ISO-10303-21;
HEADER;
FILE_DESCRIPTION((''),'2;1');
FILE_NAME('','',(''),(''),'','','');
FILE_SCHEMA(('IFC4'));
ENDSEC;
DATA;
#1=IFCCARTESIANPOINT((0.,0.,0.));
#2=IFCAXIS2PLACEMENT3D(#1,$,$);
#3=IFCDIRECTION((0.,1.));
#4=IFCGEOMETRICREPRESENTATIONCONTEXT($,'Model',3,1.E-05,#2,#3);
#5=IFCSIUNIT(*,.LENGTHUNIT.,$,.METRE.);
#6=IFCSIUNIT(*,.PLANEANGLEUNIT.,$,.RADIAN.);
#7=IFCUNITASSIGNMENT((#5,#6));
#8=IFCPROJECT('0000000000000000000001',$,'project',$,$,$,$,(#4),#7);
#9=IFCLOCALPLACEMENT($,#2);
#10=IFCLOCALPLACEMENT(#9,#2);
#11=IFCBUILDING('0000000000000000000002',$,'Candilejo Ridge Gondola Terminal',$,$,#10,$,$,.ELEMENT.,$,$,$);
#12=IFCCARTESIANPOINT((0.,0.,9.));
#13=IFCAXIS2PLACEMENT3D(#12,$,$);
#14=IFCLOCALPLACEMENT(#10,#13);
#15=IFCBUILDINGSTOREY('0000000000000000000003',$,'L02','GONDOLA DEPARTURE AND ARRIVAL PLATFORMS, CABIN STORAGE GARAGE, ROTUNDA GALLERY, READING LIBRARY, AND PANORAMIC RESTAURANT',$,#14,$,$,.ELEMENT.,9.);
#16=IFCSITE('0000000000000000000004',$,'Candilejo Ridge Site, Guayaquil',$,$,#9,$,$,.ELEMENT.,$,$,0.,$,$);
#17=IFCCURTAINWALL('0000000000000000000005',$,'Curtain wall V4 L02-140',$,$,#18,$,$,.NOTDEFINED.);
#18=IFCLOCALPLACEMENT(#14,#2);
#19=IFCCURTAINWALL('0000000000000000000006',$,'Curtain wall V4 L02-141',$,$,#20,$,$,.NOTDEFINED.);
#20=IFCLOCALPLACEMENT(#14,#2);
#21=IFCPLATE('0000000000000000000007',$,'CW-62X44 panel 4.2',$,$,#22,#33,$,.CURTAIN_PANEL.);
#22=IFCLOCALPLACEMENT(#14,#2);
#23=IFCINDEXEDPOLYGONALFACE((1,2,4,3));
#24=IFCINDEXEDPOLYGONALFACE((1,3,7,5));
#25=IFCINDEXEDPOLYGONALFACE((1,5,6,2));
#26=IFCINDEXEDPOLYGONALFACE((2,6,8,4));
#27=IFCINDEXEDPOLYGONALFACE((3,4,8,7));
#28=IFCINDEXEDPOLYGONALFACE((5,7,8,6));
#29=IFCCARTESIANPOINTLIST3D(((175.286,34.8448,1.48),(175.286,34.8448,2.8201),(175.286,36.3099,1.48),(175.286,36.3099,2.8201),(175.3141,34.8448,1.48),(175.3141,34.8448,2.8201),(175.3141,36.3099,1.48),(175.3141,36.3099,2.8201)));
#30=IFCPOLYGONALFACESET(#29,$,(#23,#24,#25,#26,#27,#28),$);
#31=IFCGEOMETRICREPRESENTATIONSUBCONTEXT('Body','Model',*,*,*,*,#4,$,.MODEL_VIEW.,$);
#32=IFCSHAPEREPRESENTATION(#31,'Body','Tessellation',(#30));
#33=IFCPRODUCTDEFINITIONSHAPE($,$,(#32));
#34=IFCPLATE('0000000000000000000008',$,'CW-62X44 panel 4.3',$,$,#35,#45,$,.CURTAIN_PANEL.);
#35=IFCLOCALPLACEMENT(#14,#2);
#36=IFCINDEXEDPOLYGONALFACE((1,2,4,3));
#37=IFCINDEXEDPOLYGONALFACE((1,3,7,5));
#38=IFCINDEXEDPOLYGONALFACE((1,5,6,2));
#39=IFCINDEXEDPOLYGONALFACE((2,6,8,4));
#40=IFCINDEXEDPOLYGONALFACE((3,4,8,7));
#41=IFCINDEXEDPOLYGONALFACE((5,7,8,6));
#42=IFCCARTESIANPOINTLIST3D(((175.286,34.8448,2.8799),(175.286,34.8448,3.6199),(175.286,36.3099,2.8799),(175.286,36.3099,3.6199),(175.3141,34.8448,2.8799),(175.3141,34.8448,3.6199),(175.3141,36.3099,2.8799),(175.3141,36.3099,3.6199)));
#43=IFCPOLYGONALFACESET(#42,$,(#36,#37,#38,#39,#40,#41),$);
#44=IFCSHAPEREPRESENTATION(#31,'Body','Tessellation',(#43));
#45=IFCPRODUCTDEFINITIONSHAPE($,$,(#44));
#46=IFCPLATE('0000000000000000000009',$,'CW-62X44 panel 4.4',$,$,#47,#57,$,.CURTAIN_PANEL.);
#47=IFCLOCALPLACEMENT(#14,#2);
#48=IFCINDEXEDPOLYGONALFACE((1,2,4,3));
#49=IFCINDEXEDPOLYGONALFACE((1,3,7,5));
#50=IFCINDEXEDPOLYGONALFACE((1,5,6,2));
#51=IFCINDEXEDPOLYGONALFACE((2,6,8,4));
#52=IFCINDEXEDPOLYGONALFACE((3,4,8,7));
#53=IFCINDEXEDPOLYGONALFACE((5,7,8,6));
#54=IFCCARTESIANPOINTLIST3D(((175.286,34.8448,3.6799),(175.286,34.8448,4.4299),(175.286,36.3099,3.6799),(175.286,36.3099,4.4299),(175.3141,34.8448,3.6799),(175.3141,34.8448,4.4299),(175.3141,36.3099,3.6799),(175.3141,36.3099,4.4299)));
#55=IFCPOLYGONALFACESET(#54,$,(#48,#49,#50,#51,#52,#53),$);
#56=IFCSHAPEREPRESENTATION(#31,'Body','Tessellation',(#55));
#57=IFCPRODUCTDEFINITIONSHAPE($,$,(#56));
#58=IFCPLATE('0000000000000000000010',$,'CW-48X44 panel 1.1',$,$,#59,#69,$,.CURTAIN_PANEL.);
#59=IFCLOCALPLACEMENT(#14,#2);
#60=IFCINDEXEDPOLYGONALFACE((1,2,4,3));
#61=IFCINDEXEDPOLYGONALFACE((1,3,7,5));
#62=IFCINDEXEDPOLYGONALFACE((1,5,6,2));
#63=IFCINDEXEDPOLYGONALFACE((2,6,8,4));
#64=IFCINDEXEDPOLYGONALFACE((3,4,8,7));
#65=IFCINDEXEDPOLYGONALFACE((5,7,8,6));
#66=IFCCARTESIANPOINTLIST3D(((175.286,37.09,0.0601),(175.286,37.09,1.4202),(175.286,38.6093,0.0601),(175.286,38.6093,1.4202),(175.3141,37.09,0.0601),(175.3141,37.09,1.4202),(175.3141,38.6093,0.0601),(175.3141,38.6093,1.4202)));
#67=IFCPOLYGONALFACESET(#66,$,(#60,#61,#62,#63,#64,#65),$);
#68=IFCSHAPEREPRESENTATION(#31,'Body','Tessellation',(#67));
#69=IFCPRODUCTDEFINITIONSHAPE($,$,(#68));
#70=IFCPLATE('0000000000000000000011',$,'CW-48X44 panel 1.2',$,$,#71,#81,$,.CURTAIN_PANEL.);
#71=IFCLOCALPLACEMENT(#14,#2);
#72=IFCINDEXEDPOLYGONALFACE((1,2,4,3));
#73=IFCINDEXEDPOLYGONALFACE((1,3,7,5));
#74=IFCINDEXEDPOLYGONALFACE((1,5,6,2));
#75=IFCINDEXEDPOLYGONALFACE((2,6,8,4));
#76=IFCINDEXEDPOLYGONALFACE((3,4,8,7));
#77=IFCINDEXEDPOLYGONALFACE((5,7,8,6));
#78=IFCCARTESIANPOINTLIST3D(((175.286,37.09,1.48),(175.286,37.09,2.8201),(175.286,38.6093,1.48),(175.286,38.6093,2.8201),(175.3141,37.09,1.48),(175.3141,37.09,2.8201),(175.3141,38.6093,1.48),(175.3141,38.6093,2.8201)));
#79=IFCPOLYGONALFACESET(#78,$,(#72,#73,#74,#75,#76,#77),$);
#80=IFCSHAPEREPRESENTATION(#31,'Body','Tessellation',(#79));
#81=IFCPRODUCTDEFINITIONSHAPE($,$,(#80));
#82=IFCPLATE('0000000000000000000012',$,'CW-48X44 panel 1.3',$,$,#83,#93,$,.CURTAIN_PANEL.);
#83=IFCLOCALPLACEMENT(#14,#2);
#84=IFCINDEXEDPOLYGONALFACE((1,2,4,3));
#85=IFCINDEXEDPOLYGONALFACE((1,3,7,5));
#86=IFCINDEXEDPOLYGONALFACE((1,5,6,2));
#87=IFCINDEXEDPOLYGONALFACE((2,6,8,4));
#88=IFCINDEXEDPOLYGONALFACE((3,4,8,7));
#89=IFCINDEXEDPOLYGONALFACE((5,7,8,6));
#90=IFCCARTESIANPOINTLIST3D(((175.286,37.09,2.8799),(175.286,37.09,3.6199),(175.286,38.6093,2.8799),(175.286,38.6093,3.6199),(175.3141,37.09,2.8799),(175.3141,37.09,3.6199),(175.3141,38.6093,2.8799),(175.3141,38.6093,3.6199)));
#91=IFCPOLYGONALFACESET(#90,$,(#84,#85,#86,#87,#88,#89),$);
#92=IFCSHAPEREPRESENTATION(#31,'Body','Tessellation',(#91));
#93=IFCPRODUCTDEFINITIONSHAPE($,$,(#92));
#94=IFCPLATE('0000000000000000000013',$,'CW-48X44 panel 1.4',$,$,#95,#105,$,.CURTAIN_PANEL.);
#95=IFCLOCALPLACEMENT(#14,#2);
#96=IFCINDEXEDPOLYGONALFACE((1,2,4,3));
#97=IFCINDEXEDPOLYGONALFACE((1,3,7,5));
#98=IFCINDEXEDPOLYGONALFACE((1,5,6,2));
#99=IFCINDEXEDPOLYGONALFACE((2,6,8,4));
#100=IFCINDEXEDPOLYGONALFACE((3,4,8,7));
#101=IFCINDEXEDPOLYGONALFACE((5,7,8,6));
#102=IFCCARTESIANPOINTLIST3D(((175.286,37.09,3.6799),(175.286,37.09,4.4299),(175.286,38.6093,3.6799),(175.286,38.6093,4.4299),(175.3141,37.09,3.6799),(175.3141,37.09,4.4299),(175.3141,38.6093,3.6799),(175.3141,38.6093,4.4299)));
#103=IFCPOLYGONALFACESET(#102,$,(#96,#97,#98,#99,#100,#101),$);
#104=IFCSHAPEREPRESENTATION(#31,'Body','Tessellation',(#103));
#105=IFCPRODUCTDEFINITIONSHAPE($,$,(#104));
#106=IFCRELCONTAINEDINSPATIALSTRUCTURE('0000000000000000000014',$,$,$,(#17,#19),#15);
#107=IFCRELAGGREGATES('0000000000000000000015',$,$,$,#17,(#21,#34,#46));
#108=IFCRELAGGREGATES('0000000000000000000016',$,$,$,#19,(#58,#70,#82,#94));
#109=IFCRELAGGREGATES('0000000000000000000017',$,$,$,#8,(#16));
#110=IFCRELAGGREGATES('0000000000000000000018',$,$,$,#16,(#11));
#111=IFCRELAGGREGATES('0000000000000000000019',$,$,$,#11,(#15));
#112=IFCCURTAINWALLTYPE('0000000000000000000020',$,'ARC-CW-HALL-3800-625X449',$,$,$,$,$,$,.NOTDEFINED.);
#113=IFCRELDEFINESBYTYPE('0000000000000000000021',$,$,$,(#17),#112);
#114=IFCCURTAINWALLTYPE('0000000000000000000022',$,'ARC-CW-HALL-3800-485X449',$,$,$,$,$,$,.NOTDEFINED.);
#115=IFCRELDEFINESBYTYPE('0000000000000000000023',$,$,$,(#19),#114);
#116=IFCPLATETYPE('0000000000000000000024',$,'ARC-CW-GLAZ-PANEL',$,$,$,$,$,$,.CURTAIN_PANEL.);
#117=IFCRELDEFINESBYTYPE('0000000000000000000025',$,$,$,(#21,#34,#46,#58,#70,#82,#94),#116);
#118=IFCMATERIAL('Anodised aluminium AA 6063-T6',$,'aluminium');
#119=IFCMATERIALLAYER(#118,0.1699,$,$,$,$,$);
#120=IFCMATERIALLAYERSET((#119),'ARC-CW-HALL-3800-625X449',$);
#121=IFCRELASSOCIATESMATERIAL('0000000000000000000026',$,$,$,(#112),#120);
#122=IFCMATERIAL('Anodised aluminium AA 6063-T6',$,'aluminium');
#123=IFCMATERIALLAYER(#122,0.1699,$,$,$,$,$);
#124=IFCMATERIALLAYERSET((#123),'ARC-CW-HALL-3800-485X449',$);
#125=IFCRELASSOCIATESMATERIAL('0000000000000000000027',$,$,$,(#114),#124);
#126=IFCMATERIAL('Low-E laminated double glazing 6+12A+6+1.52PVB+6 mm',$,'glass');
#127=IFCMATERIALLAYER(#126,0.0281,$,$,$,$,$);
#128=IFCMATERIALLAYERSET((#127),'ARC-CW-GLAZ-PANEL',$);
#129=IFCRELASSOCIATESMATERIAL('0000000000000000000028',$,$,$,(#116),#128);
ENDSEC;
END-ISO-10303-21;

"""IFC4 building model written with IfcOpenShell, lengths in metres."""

from ifc_helpers import new_model, si_unit, direction, frame, origin, origin_2d, place, context, subcontext, project, spatial, rectangle, extrude, material, layer, layer_set, type_object, element, aggregate, save


model = new_model("IFC4")

# Units and contexts
model_context = context("Model", 3, precision=1e-05, world=origin(), true_north=direction((0.0, 1.0)))
body_context = subcontext(model_context, "Body", "Model", "MODEL_VIEW")
ifc_project = project(units=[si_unit("LENGTHUNIT", "METRE"), si_unit("PLANEANGLEUNIT", "RADIAN")], contexts=[model_context])

# Site, building, storey
site_placement = place(None, origin())
site = spatial("IfcSite", under=ifc_project, at=site_placement, Name="Candilejo Ridge Site, Guayaquil", CompositionType="ELEMENT", RefElevation=0.0)
building_placement = place(site_placement, origin())
building = spatial("IfcBuilding", under=site, at=building_placement, Name="Candilejo Ridge Gondola Terminal", CompositionType="ELEMENT")
storey_placement = place(building_placement, frame((0.0, 0.0, 9.0)))
storey = spatial("IfcBuildingStorey", under=building, at=storey_placement, Name="L02", Description="GONDOLA DEPARTURE AND ARRIVAL PLATFORMS, CABIN STORAGE GARAGE, ROTUNDA GALLERY, READING LIBRARY, AND PANORAMIC RESTAURANT", CompositionType="ELEMENT", Elevation=9.0)

# Curtain walls
ifc_material_1 = material(Name="Anodised aluminium AA 6063-T6", Category="aluminium")
ifc_layer_1 = layer(ifc_material_1, 0.1699)
ifc_layer_set_1 = layer_set([ifc_layer_1], Name="ARC-CW-HALL-3800-625X449")
curtain_wall_type_1 = type_object("IfcCurtainWallType", Name="ARC-CW-HALL-3800-625X449", PredefinedType="NOTDEFINED", material=ifc_layer_set_1)
curtain_wall_1_placement = place(storey_placement, origin())
curtain_wall_1 = element("IfcCurtainWall", 1, at=curtain_wall_1_placement, inside=storey, type_object=curtain_wall_type_1, Name="Curtain wall V4 L02-140", PredefinedType="NOTDEFINED")
ifc_material_2 = material(Name="Anodised aluminium AA 6063-T6", Category="aluminium")
ifc_layer_2 = layer(ifc_material_2, 0.1699)
ifc_layer_set_2 = layer_set([ifc_layer_2], Name="ARC-CW-HALL-3800-485X449")
curtain_wall_type_2 = type_object("IfcCurtainWallType", Name="ARC-CW-HALL-3800-485X449", PredefinedType="NOTDEFINED", material=ifc_layer_set_2)
curtain_wall_2_placement = place(storey_placement, origin())
curtain_wall_2 = element("IfcCurtainWall", 2, at=curtain_wall_2_placement, inside=storey, type_object=curtain_wall_type_2, Name="Curtain wall V4 L02-141", PredefinedType="NOTDEFINED")

# Plates
ifc_material_3 = material(Name="Low-E laminated double glazing 6+12A+6+1.52PVB+6 mm", Category="glass")
ifc_layer_3 = layer(ifc_material_3, 0.0281)
ifc_layer_set_3 = layer_set([ifc_layer_3], Name="ARC-CW-GLAZ-PANEL")
plate_type = type_object("IfcPlateType", Name="ARC-CW-GLAZ-PANEL", PredefinedType="CURTAIN_PANEL", material=ifc_layer_set_3)
plate_1_placement = place(storey_placement, frame((175.3, 35.5774, 1.48), z_axis=(0.0, 0.0, 1.0), x_axis=(0.0, 1.0, 0.0)))
plate_1 = element("IfcPlate", 3, at=plate_1_placement, type_object=plate_type, Name="CW-62X44 panel 4.2", PredefinedType="CURTAIN_PANEL", context=body_context, shape_type="SweptSolid", body=[
    extrude(rectangle(XDim=1.4651, YDim=0.0281, at=origin_2d()), origin(), (0.0, 0.0, 1.0), 1.3401),
])
plate_2_placement = place(storey_placement, frame((175.3, 35.5774, 2.8799), z_axis=(0.0, 0.0, 1.0), x_axis=(0.0, 1.0, 0.0)))
plate_2 = element("IfcPlate", 4, at=plate_2_placement, type_object=plate_type, Name="CW-62X44 panel 4.3", PredefinedType="CURTAIN_PANEL", context=body_context, shape_type="SweptSolid", body=[
    extrude(rectangle(XDim=1.4651, YDim=0.0281, at=origin_2d()), origin(), (0.0, 0.0, 1.0), 0.74),
])
plate_3_placement = place(storey_placement, frame((175.3, 35.5774, 3.6799), z_axis=(0.0, 0.0, 1.0), x_axis=(0.0, 1.0, 0.0)))
plate_3 = element("IfcPlate", 5, at=plate_3_placement, type_object=plate_type, Name="CW-62X44 panel 4.4", PredefinedType="CURTAIN_PANEL", context=body_context, shape_type="SweptSolid", body=[
    extrude(rectangle(XDim=1.4651, YDim=0.0281, at=origin_2d()), origin(), (0.0, 0.0, 1.0), 0.75),
])
aggregate(curtain_wall_1, [plate_1, plate_2, plate_3])
plate_4_placement = place(storey_placement, frame((175.3, 37.8496, 0.0601), z_axis=(0.0, 0.0, 1.0), x_axis=(0.0, 1.0, 0.0)))
plate_4 = element("IfcPlate", 6, at=plate_4_placement, type_object=plate_type, Name="CW-48X44 panel 1.1", PredefinedType="CURTAIN_PANEL", context=body_context, shape_type="SweptSolid", body=[
    extrude(rectangle(XDim=1.5193, YDim=0.0281, at=origin_2d()), origin(), (0.0, 0.0, 1.0), 1.3601),
])
plate_5_placement = place(storey_placement, frame((175.3, 37.8496, 1.48), z_axis=(0.0, 0.0, 1.0), x_axis=(0.0, 1.0, 0.0)))
plate_5 = element("IfcPlate", 7, at=plate_5_placement, type_object=plate_type, Name="CW-48X44 panel 1.2", PredefinedType="CURTAIN_PANEL", context=body_context, shape_type="SweptSolid", body=[
    extrude(rectangle(XDim=1.5193, YDim=0.0281, at=origin_2d()), origin(), (0.0, 0.0, 1.0), 1.3401),
])
plate_6_placement = place(storey_placement, frame((175.3, 37.8496, 2.8799), z_axis=(0.0, 0.0, 1.0), x_axis=(0.0, 1.0, 0.0)))
plate_6 = element("IfcPlate", 8, at=plate_6_placement, type_object=plate_type, Name="CW-48X44 panel 1.3", PredefinedType="CURTAIN_PANEL", context=body_context, shape_type="SweptSolid", body=[
    extrude(rectangle(XDim=1.5193, YDim=0.0281, at=origin_2d()), origin(), (0.0, 0.0, 1.0), 0.74),
])
plate_7_placement = place(storey_placement, frame((175.3, 37.8496, 3.6799), z_axis=(0.0, 0.0, 1.0), x_axis=(0.0, 1.0, 0.0)))
plate_7 = element("IfcPlate", 9, at=plate_7_placement, type_object=plate_type, Name="CW-48X44 panel 1.4", PredefinedType="CURTAIN_PANEL", context=body_context, shape_type="SweptSolid", body=[
    extrude(rectangle(XDim=1.5193, YDim=0.0281, at=origin_2d()), origin(), (0.0, 0.0, 1.0), 0.75),
])
aggregate(curtain_wall_2, [plate_4, plate_5, plate_6, plate_7])

save(model, "model.ifc")
